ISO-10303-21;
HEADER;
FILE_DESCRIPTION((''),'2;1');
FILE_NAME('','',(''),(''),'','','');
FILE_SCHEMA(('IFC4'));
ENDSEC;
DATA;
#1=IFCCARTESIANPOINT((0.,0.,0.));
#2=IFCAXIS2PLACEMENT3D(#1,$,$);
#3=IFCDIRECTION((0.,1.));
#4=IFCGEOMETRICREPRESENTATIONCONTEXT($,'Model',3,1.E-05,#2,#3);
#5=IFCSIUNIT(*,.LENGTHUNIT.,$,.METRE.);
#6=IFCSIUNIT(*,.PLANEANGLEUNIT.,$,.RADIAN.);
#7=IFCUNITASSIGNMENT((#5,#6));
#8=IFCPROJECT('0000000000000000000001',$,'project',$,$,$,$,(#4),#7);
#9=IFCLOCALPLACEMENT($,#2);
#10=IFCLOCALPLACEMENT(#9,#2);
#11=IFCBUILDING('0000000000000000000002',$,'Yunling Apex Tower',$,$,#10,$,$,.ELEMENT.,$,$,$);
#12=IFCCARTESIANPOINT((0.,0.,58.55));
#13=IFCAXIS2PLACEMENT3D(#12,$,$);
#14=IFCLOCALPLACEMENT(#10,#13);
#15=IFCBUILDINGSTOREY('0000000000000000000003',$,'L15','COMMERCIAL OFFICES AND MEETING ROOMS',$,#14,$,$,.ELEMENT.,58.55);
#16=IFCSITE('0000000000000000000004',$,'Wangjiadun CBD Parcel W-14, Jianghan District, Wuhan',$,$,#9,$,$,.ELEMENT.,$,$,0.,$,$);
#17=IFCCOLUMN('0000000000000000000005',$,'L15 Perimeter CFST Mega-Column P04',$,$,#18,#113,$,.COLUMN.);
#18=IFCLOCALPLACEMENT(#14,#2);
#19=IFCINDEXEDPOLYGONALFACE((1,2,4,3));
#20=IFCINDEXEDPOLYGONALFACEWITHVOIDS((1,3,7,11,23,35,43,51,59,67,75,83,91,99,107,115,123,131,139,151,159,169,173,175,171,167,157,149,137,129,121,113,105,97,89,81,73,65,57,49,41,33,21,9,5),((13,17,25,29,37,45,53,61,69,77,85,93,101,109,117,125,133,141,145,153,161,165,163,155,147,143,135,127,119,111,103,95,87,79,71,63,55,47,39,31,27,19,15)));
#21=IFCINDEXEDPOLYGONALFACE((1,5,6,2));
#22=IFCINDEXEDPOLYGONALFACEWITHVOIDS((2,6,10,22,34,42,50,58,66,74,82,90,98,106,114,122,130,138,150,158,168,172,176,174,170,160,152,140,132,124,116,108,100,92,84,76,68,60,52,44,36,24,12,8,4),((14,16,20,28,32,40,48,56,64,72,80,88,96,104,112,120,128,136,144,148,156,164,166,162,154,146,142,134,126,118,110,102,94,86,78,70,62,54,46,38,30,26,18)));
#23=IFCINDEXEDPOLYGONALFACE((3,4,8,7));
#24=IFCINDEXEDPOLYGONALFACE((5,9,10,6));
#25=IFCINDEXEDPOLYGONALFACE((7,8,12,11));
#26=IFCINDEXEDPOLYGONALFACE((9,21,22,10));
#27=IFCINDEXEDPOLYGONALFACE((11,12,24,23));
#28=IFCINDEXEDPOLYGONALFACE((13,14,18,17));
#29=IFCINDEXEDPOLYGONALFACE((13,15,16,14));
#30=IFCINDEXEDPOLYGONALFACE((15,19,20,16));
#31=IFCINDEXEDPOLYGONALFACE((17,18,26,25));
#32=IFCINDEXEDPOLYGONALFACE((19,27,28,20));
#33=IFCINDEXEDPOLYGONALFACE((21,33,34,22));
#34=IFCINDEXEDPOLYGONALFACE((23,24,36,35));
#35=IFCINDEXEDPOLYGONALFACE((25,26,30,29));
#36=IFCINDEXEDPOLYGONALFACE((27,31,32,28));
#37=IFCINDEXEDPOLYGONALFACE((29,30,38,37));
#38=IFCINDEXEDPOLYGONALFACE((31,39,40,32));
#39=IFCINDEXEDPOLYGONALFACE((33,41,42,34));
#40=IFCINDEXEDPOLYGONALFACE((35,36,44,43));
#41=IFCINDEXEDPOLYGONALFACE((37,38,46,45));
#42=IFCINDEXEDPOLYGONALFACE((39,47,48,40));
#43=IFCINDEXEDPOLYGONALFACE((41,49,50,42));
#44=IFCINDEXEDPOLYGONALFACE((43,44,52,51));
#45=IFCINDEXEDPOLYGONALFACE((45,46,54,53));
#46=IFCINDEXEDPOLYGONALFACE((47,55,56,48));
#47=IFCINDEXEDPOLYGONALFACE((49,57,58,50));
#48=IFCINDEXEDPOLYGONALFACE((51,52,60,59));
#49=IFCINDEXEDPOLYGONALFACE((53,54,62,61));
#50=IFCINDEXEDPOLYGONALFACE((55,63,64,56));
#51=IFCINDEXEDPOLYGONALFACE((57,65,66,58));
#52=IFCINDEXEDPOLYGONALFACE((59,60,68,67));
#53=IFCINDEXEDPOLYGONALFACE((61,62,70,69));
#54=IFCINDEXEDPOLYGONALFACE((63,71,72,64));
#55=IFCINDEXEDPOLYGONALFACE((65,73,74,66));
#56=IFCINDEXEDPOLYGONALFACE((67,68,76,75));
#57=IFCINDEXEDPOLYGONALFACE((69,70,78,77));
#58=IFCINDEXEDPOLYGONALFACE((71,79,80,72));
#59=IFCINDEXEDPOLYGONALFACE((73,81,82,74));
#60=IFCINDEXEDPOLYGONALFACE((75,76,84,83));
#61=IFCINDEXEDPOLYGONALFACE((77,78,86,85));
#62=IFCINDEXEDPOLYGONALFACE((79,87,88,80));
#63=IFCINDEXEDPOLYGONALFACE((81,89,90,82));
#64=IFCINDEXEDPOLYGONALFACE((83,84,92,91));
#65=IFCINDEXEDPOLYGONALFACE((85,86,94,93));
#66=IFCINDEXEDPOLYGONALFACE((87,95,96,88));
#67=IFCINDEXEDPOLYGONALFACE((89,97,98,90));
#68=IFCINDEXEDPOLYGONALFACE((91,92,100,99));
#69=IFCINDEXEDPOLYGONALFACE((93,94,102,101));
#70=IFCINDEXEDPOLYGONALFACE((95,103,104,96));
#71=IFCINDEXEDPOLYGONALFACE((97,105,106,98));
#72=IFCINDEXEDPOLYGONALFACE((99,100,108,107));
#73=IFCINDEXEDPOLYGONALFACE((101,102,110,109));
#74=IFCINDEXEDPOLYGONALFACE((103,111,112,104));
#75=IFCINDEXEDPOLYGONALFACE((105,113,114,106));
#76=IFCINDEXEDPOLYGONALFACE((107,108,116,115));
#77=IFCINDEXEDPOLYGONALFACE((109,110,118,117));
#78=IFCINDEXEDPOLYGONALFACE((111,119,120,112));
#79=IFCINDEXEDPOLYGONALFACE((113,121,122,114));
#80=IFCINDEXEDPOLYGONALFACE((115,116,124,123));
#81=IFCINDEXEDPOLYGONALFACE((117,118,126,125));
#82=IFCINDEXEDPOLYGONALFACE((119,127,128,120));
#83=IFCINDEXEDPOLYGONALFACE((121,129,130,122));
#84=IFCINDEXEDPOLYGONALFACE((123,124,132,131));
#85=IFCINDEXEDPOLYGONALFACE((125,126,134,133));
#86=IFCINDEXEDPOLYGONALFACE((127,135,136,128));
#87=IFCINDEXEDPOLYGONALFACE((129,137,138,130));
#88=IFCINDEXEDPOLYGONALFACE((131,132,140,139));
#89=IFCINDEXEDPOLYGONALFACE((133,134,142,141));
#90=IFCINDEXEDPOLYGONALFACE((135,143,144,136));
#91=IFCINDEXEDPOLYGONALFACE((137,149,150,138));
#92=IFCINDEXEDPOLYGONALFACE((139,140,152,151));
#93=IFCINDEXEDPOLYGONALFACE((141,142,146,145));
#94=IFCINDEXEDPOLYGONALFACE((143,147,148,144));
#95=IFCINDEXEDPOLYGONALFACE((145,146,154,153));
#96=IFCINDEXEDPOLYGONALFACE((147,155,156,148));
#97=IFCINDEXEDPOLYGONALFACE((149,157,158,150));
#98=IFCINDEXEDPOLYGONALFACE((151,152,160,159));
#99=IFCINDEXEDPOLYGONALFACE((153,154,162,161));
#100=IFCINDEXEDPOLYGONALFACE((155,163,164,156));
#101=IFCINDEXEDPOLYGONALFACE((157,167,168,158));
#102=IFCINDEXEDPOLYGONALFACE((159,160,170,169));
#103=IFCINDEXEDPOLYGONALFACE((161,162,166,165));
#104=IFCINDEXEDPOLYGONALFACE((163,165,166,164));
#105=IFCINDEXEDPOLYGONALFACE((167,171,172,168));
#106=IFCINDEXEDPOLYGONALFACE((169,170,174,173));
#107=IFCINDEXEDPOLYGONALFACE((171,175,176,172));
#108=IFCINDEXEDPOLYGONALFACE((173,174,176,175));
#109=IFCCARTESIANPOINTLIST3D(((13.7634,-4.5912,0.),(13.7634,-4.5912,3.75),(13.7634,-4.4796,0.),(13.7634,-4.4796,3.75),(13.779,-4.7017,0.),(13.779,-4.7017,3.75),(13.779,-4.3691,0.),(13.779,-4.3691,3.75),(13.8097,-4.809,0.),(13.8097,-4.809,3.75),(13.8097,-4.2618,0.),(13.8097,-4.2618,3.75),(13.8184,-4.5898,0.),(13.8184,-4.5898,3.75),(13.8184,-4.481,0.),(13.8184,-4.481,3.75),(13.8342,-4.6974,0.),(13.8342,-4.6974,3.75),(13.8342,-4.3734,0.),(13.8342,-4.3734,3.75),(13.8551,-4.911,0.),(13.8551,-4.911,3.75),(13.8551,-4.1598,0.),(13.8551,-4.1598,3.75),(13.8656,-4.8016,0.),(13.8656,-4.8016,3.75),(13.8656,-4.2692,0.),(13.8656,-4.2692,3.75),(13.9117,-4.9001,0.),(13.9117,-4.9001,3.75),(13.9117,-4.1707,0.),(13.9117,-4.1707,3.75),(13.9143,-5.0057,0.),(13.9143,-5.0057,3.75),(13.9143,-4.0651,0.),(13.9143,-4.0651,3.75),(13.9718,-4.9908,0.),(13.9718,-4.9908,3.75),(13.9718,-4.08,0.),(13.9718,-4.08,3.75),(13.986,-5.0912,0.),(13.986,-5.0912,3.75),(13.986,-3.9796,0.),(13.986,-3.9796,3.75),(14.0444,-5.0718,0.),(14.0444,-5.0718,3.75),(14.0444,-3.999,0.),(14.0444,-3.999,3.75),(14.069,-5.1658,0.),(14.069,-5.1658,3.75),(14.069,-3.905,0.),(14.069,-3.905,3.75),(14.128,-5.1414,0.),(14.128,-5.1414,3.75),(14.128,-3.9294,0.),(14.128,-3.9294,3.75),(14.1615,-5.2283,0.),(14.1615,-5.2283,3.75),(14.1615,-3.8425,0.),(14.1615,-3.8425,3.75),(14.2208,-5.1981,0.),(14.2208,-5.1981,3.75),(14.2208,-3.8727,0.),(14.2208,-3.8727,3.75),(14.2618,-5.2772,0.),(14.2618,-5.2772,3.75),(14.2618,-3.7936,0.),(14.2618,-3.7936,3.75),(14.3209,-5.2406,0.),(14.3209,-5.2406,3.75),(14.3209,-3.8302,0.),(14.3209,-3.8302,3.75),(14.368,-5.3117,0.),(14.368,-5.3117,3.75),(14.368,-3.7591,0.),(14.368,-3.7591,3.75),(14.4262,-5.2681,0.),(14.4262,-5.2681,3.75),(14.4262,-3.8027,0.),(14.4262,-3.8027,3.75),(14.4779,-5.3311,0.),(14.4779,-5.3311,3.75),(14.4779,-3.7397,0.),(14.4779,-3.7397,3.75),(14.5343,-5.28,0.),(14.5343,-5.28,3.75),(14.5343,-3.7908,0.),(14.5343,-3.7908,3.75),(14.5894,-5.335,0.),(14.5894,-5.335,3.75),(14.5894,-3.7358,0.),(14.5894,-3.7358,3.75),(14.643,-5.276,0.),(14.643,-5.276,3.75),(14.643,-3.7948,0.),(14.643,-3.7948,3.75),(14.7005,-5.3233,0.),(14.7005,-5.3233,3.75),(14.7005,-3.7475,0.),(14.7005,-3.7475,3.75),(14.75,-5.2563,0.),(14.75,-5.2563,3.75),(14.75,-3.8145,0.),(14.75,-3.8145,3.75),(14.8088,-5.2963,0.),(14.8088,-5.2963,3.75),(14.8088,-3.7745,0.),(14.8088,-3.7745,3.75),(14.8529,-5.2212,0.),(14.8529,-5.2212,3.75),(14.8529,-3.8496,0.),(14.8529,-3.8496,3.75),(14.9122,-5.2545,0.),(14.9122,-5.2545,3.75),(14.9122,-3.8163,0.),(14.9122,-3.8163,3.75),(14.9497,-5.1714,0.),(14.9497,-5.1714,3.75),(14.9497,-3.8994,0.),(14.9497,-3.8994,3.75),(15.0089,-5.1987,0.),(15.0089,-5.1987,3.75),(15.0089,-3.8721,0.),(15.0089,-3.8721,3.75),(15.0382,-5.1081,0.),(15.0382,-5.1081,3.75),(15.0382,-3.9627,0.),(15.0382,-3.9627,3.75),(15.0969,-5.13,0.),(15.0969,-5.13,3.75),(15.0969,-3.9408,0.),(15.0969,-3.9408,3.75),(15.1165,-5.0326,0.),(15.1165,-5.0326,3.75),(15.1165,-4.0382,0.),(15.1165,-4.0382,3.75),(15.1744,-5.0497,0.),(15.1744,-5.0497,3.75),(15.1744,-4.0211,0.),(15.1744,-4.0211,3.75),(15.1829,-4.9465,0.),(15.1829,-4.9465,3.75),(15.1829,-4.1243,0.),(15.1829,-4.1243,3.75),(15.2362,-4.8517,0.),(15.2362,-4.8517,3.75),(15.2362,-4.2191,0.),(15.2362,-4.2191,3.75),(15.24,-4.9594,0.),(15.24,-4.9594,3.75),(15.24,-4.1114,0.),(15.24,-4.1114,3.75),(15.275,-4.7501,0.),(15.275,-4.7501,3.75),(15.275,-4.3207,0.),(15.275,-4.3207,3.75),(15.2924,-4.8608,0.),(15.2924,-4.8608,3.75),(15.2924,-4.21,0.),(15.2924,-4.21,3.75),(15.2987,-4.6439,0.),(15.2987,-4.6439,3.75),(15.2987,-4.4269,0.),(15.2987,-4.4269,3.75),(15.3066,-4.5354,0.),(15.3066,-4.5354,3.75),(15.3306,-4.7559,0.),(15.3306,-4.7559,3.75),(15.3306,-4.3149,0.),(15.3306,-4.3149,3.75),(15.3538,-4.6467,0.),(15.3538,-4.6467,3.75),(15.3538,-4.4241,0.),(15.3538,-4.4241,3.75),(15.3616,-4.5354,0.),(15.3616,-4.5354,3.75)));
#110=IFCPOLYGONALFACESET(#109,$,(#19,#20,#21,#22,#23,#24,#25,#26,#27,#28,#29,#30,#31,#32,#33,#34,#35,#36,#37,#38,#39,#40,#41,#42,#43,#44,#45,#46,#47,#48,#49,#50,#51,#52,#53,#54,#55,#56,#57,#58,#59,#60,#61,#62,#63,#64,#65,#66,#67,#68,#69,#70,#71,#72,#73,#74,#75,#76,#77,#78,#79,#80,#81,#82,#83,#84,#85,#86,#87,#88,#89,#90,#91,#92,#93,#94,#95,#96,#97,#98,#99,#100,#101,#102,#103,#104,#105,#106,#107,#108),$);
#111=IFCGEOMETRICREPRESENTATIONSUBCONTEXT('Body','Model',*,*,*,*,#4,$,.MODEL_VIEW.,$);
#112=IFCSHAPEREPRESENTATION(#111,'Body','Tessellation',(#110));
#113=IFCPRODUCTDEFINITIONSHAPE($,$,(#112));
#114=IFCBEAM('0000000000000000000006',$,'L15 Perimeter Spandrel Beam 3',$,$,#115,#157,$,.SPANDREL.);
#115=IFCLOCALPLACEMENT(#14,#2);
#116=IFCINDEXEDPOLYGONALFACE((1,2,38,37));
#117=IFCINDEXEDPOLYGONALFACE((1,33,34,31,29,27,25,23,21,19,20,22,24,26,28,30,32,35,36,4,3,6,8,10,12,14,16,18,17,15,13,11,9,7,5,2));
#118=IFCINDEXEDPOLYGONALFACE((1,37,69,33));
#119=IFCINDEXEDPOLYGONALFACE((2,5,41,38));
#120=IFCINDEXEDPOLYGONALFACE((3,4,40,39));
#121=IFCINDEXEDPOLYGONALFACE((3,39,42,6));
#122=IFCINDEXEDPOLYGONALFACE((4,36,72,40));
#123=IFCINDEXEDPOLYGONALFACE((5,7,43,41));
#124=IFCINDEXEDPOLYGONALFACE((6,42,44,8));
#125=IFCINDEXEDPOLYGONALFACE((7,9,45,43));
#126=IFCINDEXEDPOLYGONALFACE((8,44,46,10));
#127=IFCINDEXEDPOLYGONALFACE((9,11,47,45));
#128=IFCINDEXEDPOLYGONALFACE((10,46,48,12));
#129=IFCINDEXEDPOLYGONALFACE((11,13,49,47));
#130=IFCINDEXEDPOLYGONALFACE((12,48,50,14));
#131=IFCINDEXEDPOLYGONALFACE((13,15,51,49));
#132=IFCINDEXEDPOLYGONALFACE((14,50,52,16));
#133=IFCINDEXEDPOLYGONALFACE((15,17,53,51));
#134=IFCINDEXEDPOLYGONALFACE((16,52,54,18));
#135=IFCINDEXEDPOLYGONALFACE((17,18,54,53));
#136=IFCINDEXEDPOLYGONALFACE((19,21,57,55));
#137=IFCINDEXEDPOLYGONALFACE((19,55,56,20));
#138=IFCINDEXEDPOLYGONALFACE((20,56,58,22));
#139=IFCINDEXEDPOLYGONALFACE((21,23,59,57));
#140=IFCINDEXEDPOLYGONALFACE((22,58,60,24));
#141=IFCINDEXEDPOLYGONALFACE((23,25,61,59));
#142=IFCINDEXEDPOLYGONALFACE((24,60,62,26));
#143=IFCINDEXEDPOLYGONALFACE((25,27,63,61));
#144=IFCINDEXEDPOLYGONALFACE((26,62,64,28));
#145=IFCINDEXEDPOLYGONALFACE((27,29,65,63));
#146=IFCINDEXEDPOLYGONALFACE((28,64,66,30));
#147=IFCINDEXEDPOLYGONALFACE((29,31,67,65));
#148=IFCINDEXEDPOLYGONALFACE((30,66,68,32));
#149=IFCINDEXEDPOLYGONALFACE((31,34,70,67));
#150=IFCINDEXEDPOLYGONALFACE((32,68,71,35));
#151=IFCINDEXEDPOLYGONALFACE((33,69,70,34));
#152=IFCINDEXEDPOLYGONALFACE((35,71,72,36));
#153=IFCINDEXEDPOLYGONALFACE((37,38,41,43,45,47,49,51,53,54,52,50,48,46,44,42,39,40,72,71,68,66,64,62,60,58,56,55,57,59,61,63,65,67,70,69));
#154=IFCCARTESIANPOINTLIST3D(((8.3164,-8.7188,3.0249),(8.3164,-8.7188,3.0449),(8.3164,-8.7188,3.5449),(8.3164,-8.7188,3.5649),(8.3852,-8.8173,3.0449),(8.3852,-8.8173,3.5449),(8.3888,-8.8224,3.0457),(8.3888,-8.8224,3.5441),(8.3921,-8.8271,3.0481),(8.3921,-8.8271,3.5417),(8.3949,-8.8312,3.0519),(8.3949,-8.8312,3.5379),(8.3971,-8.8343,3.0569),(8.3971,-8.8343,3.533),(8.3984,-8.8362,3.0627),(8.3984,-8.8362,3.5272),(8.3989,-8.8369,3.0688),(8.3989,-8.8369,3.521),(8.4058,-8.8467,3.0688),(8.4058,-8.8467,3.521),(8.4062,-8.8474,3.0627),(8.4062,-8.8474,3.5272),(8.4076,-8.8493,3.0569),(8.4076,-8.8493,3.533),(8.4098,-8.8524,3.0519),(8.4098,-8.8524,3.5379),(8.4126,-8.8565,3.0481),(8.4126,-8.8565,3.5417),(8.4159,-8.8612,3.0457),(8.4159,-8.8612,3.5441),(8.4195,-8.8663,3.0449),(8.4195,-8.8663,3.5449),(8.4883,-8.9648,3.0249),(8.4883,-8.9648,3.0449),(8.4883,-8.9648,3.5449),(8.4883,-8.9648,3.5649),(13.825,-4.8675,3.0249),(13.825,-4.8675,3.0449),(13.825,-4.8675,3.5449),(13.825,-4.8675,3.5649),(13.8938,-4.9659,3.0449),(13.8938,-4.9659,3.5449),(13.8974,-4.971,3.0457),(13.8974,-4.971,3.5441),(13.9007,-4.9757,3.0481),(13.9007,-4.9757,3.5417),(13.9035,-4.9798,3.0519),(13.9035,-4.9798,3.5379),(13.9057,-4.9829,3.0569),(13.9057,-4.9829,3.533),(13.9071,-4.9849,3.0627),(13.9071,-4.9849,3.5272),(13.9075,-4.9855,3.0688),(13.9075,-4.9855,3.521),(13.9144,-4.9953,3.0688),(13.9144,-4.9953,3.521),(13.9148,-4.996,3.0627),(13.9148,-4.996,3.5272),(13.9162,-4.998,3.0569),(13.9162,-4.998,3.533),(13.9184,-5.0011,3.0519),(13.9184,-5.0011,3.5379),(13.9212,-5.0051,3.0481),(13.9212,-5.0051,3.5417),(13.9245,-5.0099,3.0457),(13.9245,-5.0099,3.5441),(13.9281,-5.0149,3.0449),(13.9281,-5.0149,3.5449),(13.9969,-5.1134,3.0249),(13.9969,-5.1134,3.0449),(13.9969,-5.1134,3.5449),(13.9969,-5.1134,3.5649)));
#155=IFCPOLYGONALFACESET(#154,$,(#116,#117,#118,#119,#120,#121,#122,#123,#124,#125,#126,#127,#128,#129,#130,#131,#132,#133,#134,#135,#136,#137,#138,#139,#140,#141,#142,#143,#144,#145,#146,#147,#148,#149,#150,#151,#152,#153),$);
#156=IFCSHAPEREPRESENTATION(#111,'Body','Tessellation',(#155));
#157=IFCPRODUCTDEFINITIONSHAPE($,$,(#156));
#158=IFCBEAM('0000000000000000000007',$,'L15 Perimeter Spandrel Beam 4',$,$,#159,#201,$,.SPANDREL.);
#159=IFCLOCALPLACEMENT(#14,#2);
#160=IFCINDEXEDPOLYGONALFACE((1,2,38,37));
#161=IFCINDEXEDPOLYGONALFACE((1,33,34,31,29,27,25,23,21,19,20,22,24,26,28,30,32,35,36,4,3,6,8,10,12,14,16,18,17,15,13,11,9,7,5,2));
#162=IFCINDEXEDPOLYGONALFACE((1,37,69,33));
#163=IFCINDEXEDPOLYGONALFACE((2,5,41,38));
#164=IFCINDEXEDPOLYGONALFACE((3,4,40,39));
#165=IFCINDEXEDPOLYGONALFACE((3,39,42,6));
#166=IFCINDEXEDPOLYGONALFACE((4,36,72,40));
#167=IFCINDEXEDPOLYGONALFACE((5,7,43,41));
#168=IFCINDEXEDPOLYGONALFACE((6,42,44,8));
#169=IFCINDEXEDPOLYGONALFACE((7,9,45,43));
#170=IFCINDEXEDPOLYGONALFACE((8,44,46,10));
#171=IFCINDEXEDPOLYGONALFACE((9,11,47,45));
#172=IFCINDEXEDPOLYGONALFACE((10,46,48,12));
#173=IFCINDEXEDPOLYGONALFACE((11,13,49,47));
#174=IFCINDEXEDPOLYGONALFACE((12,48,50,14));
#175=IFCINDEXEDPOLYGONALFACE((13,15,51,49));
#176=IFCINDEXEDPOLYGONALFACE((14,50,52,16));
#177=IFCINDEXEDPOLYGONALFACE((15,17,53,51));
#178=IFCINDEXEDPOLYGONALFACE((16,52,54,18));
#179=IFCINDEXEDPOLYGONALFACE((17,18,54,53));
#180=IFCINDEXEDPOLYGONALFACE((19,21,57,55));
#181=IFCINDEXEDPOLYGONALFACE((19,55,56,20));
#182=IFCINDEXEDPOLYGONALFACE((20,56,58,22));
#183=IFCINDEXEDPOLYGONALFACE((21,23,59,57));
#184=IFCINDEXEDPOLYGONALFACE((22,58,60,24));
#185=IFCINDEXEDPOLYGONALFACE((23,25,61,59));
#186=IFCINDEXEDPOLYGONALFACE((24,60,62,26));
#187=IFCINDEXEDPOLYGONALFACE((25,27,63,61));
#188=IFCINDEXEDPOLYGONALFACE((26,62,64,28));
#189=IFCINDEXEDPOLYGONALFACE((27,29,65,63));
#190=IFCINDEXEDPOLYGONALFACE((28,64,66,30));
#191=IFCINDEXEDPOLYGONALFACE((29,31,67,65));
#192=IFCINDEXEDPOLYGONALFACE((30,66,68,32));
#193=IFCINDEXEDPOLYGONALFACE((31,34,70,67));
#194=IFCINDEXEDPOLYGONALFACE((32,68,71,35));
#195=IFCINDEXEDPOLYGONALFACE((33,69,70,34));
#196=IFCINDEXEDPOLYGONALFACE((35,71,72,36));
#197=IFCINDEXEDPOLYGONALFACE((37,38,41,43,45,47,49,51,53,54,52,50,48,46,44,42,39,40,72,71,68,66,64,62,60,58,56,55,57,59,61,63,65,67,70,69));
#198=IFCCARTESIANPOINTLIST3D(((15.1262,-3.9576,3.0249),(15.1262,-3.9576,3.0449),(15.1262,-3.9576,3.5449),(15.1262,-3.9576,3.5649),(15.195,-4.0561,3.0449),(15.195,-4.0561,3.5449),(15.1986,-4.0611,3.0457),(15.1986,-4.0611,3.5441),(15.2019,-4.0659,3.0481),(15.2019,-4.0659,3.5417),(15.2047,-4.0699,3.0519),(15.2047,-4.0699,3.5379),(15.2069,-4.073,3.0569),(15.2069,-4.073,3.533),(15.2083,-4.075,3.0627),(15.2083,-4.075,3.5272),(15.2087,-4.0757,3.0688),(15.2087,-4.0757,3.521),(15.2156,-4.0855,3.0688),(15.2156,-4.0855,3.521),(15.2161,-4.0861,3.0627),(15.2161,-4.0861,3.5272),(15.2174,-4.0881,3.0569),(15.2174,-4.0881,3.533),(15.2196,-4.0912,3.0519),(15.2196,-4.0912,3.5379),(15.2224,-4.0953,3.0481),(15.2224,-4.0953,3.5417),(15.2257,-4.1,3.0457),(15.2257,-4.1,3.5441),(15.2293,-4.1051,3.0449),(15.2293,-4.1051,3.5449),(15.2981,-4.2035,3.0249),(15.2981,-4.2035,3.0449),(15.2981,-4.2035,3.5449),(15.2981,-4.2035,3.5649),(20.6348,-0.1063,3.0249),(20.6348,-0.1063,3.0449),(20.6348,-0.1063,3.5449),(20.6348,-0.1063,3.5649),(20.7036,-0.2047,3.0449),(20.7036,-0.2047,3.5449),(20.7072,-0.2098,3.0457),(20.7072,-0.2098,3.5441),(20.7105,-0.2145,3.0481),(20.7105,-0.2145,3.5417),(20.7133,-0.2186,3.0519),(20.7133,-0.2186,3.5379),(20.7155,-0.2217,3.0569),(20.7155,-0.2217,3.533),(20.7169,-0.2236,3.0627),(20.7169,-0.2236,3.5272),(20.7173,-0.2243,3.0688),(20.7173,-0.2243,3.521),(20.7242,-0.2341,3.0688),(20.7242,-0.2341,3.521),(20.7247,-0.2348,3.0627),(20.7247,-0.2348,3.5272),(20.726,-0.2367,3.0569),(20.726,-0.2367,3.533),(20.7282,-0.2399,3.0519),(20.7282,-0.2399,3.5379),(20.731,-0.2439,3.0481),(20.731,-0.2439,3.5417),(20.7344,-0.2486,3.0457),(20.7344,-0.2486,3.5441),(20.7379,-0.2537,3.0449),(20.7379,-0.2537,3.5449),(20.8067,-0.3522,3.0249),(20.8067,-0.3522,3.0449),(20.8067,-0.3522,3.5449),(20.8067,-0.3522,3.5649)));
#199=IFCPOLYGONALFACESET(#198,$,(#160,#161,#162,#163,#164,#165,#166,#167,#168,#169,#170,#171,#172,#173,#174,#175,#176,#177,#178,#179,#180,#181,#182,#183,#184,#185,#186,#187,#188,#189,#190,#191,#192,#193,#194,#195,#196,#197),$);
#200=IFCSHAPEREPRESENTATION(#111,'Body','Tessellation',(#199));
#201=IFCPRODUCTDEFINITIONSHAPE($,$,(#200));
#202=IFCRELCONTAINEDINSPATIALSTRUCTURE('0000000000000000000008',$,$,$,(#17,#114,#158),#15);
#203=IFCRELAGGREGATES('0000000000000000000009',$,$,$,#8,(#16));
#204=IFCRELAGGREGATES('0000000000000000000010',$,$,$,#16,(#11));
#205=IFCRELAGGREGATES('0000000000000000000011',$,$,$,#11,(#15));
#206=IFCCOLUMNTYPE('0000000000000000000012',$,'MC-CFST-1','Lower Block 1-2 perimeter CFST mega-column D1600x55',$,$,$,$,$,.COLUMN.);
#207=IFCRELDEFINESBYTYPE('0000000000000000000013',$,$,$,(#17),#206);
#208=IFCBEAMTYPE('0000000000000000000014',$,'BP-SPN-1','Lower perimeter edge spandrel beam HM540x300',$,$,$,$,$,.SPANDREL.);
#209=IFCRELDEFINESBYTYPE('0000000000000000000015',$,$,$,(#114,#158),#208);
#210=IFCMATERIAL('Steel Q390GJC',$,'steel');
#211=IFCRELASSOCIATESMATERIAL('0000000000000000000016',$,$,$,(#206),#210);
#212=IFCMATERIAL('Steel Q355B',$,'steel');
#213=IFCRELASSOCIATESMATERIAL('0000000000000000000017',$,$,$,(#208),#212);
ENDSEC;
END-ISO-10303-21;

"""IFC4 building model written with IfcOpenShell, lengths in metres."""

from ifc_helpers import new_model, si_unit, direction, frame, origin, origin_2d, place, context, subcontext, project, spatial, hollow_circle, i_section, extrude, source, transform, mapped, material, material_profile, profile_set, type_object, element, save


model = new_model("IFC4")

# Units and contexts
model_context = context("Model", 3, precision=1e-05, world=origin(), true_north=direction((0.0, 1.0)))
body_context = subcontext(model_context, "Body", "Model", "MODEL_VIEW")
ifc_project = project(units=[si_unit("LENGTHUNIT", "METRE"), si_unit("PLANEANGLEUNIT", "RADIAN")], contexts=[model_context])

# Site, building, storey
site_placement = place(None, origin())
site = spatial("IfcSite", under=ifc_project, at=site_placement, Name="Wangjiadun CBD Parcel W-14, Jianghan District, Wuhan", CompositionType="ELEMENT", RefElevation=0.0)
building_placement = place(site_placement, origin())
building = spatial("IfcBuilding", under=site, at=building_placement, Name="Yunling Apex Tower", CompositionType="ELEMENT")
storey_placement = place(building_placement, frame((0.0, 0.0, 58.55)))
storey = spatial("IfcBuildingStorey", under=building, at=storey_placement, Name="L15", Description="COMMERCIAL OFFICES AND MEETING ROOMS", CompositionType="ELEMENT", Elevation=58.55)

# Column
ifc_material_1 = material(Name="Steel Q390GJC", Category="steel")
ifc_material_profile_1 = material_profile(ifc_material_1, hollow_circle(Radius=0.8, WallThickness=0.0549, at=origin_2d()))
ifc_profile_set_1 = profile_set([ifc_material_profile_1], Name="Steel Q390GJC")
column_type = type_object("IfcColumnType", Name="MC-CFST-1", Description="Lower Block 1-2 perimeter CFST mega-column D1600x55", PredefinedType="COLUMN", material=ifc_profile_set_1)
shared_shape_1 = source(origin(), body_context, "Body", "SweptSolid", [
    extrude(hollow_circle(Radius=0.8, WallThickness=0.0549, at=origin_2d()), origin(), (0.0, 0.0, 1.0), 3.75),
])
column_placement = place(storey_placement, frame((14.5615, -4.5354, 0.0), z_axis=(0.0, 0.0, 1.0), x_axis=(1.0, 0.0, 0.0)))
element("IfcColumn", 1, at=column_placement, inside=storey, type_object=column_type, Name="L15 Perimeter CFST Mega-Column P04", PredefinedType="COLUMN", context=body_context, shape_type="MappedRepresentation", body=[
    mapped(shared_shape_1, transform((0.0, 0.0, 0.0), scale=1.0)),
])

# Beams
ifc_material_2 = material(Name="Steel Q355B", Category="steel")
ifc_material_profile_2 = material_profile(ifc_material_2, i_section(OverallWidth=0.3, OverallDepth=0.54, WebThickness=0.012, FlangeThickness=0.02, FilletRadius=0.0239, at=origin_2d()))
ifc_profile_set_2 = profile_set([ifc_material_profile_2], Name="Steel Q355B")
beam_type_1 = type_object("IfcBeamType", Name="BP-SPN-1", Description="Lower perimeter edge spandrel beam HM540x300", PredefinedType="SPANDREL", material=ifc_profile_set_2)
shared_shape_2 = source(origin(), body_context, "Body", "SweptSolid", [
    extrude(i_section(OverallWidth=0.3, OverallDepth=0.54, WebThickness=0.012, FlangeThickness=0.02, FilletRadius=0.0239, at=origin_2d()), origin(), (0.0, 0.0, 1.0), 6.7214),
])
for number, where, z_axis, x_axis, name in (
    (2, (8.4023, -8.8418, 3.2949), (0.819558, 0.572997, 0.0), (-0.572997, 0.819558, 0.0), "L15 Perimeter Spandrel Beam 3"),
    (3, (15.2122, -4.0806, 3.2949), (0.819558, 0.572997, 0.0), (-0.572997, 0.819558, 0.0), "L15 Perimeter Spandrel Beam 4"),
):
    element("IfcBeam", number, at=place(storey_placement, frame(where, z_axis=z_axis, x_axis=x_axis)), inside=storey, type_object=beam_type_1, Name=name, PredefinedType="SPANDREL", context=body_context, shape_type="MappedRepresentation", body=[
        mapped(shared_shape_2, transform((0.0, 0.0, 0.0), scale=1.0)),
    ])

save(model, "model.ifc")
